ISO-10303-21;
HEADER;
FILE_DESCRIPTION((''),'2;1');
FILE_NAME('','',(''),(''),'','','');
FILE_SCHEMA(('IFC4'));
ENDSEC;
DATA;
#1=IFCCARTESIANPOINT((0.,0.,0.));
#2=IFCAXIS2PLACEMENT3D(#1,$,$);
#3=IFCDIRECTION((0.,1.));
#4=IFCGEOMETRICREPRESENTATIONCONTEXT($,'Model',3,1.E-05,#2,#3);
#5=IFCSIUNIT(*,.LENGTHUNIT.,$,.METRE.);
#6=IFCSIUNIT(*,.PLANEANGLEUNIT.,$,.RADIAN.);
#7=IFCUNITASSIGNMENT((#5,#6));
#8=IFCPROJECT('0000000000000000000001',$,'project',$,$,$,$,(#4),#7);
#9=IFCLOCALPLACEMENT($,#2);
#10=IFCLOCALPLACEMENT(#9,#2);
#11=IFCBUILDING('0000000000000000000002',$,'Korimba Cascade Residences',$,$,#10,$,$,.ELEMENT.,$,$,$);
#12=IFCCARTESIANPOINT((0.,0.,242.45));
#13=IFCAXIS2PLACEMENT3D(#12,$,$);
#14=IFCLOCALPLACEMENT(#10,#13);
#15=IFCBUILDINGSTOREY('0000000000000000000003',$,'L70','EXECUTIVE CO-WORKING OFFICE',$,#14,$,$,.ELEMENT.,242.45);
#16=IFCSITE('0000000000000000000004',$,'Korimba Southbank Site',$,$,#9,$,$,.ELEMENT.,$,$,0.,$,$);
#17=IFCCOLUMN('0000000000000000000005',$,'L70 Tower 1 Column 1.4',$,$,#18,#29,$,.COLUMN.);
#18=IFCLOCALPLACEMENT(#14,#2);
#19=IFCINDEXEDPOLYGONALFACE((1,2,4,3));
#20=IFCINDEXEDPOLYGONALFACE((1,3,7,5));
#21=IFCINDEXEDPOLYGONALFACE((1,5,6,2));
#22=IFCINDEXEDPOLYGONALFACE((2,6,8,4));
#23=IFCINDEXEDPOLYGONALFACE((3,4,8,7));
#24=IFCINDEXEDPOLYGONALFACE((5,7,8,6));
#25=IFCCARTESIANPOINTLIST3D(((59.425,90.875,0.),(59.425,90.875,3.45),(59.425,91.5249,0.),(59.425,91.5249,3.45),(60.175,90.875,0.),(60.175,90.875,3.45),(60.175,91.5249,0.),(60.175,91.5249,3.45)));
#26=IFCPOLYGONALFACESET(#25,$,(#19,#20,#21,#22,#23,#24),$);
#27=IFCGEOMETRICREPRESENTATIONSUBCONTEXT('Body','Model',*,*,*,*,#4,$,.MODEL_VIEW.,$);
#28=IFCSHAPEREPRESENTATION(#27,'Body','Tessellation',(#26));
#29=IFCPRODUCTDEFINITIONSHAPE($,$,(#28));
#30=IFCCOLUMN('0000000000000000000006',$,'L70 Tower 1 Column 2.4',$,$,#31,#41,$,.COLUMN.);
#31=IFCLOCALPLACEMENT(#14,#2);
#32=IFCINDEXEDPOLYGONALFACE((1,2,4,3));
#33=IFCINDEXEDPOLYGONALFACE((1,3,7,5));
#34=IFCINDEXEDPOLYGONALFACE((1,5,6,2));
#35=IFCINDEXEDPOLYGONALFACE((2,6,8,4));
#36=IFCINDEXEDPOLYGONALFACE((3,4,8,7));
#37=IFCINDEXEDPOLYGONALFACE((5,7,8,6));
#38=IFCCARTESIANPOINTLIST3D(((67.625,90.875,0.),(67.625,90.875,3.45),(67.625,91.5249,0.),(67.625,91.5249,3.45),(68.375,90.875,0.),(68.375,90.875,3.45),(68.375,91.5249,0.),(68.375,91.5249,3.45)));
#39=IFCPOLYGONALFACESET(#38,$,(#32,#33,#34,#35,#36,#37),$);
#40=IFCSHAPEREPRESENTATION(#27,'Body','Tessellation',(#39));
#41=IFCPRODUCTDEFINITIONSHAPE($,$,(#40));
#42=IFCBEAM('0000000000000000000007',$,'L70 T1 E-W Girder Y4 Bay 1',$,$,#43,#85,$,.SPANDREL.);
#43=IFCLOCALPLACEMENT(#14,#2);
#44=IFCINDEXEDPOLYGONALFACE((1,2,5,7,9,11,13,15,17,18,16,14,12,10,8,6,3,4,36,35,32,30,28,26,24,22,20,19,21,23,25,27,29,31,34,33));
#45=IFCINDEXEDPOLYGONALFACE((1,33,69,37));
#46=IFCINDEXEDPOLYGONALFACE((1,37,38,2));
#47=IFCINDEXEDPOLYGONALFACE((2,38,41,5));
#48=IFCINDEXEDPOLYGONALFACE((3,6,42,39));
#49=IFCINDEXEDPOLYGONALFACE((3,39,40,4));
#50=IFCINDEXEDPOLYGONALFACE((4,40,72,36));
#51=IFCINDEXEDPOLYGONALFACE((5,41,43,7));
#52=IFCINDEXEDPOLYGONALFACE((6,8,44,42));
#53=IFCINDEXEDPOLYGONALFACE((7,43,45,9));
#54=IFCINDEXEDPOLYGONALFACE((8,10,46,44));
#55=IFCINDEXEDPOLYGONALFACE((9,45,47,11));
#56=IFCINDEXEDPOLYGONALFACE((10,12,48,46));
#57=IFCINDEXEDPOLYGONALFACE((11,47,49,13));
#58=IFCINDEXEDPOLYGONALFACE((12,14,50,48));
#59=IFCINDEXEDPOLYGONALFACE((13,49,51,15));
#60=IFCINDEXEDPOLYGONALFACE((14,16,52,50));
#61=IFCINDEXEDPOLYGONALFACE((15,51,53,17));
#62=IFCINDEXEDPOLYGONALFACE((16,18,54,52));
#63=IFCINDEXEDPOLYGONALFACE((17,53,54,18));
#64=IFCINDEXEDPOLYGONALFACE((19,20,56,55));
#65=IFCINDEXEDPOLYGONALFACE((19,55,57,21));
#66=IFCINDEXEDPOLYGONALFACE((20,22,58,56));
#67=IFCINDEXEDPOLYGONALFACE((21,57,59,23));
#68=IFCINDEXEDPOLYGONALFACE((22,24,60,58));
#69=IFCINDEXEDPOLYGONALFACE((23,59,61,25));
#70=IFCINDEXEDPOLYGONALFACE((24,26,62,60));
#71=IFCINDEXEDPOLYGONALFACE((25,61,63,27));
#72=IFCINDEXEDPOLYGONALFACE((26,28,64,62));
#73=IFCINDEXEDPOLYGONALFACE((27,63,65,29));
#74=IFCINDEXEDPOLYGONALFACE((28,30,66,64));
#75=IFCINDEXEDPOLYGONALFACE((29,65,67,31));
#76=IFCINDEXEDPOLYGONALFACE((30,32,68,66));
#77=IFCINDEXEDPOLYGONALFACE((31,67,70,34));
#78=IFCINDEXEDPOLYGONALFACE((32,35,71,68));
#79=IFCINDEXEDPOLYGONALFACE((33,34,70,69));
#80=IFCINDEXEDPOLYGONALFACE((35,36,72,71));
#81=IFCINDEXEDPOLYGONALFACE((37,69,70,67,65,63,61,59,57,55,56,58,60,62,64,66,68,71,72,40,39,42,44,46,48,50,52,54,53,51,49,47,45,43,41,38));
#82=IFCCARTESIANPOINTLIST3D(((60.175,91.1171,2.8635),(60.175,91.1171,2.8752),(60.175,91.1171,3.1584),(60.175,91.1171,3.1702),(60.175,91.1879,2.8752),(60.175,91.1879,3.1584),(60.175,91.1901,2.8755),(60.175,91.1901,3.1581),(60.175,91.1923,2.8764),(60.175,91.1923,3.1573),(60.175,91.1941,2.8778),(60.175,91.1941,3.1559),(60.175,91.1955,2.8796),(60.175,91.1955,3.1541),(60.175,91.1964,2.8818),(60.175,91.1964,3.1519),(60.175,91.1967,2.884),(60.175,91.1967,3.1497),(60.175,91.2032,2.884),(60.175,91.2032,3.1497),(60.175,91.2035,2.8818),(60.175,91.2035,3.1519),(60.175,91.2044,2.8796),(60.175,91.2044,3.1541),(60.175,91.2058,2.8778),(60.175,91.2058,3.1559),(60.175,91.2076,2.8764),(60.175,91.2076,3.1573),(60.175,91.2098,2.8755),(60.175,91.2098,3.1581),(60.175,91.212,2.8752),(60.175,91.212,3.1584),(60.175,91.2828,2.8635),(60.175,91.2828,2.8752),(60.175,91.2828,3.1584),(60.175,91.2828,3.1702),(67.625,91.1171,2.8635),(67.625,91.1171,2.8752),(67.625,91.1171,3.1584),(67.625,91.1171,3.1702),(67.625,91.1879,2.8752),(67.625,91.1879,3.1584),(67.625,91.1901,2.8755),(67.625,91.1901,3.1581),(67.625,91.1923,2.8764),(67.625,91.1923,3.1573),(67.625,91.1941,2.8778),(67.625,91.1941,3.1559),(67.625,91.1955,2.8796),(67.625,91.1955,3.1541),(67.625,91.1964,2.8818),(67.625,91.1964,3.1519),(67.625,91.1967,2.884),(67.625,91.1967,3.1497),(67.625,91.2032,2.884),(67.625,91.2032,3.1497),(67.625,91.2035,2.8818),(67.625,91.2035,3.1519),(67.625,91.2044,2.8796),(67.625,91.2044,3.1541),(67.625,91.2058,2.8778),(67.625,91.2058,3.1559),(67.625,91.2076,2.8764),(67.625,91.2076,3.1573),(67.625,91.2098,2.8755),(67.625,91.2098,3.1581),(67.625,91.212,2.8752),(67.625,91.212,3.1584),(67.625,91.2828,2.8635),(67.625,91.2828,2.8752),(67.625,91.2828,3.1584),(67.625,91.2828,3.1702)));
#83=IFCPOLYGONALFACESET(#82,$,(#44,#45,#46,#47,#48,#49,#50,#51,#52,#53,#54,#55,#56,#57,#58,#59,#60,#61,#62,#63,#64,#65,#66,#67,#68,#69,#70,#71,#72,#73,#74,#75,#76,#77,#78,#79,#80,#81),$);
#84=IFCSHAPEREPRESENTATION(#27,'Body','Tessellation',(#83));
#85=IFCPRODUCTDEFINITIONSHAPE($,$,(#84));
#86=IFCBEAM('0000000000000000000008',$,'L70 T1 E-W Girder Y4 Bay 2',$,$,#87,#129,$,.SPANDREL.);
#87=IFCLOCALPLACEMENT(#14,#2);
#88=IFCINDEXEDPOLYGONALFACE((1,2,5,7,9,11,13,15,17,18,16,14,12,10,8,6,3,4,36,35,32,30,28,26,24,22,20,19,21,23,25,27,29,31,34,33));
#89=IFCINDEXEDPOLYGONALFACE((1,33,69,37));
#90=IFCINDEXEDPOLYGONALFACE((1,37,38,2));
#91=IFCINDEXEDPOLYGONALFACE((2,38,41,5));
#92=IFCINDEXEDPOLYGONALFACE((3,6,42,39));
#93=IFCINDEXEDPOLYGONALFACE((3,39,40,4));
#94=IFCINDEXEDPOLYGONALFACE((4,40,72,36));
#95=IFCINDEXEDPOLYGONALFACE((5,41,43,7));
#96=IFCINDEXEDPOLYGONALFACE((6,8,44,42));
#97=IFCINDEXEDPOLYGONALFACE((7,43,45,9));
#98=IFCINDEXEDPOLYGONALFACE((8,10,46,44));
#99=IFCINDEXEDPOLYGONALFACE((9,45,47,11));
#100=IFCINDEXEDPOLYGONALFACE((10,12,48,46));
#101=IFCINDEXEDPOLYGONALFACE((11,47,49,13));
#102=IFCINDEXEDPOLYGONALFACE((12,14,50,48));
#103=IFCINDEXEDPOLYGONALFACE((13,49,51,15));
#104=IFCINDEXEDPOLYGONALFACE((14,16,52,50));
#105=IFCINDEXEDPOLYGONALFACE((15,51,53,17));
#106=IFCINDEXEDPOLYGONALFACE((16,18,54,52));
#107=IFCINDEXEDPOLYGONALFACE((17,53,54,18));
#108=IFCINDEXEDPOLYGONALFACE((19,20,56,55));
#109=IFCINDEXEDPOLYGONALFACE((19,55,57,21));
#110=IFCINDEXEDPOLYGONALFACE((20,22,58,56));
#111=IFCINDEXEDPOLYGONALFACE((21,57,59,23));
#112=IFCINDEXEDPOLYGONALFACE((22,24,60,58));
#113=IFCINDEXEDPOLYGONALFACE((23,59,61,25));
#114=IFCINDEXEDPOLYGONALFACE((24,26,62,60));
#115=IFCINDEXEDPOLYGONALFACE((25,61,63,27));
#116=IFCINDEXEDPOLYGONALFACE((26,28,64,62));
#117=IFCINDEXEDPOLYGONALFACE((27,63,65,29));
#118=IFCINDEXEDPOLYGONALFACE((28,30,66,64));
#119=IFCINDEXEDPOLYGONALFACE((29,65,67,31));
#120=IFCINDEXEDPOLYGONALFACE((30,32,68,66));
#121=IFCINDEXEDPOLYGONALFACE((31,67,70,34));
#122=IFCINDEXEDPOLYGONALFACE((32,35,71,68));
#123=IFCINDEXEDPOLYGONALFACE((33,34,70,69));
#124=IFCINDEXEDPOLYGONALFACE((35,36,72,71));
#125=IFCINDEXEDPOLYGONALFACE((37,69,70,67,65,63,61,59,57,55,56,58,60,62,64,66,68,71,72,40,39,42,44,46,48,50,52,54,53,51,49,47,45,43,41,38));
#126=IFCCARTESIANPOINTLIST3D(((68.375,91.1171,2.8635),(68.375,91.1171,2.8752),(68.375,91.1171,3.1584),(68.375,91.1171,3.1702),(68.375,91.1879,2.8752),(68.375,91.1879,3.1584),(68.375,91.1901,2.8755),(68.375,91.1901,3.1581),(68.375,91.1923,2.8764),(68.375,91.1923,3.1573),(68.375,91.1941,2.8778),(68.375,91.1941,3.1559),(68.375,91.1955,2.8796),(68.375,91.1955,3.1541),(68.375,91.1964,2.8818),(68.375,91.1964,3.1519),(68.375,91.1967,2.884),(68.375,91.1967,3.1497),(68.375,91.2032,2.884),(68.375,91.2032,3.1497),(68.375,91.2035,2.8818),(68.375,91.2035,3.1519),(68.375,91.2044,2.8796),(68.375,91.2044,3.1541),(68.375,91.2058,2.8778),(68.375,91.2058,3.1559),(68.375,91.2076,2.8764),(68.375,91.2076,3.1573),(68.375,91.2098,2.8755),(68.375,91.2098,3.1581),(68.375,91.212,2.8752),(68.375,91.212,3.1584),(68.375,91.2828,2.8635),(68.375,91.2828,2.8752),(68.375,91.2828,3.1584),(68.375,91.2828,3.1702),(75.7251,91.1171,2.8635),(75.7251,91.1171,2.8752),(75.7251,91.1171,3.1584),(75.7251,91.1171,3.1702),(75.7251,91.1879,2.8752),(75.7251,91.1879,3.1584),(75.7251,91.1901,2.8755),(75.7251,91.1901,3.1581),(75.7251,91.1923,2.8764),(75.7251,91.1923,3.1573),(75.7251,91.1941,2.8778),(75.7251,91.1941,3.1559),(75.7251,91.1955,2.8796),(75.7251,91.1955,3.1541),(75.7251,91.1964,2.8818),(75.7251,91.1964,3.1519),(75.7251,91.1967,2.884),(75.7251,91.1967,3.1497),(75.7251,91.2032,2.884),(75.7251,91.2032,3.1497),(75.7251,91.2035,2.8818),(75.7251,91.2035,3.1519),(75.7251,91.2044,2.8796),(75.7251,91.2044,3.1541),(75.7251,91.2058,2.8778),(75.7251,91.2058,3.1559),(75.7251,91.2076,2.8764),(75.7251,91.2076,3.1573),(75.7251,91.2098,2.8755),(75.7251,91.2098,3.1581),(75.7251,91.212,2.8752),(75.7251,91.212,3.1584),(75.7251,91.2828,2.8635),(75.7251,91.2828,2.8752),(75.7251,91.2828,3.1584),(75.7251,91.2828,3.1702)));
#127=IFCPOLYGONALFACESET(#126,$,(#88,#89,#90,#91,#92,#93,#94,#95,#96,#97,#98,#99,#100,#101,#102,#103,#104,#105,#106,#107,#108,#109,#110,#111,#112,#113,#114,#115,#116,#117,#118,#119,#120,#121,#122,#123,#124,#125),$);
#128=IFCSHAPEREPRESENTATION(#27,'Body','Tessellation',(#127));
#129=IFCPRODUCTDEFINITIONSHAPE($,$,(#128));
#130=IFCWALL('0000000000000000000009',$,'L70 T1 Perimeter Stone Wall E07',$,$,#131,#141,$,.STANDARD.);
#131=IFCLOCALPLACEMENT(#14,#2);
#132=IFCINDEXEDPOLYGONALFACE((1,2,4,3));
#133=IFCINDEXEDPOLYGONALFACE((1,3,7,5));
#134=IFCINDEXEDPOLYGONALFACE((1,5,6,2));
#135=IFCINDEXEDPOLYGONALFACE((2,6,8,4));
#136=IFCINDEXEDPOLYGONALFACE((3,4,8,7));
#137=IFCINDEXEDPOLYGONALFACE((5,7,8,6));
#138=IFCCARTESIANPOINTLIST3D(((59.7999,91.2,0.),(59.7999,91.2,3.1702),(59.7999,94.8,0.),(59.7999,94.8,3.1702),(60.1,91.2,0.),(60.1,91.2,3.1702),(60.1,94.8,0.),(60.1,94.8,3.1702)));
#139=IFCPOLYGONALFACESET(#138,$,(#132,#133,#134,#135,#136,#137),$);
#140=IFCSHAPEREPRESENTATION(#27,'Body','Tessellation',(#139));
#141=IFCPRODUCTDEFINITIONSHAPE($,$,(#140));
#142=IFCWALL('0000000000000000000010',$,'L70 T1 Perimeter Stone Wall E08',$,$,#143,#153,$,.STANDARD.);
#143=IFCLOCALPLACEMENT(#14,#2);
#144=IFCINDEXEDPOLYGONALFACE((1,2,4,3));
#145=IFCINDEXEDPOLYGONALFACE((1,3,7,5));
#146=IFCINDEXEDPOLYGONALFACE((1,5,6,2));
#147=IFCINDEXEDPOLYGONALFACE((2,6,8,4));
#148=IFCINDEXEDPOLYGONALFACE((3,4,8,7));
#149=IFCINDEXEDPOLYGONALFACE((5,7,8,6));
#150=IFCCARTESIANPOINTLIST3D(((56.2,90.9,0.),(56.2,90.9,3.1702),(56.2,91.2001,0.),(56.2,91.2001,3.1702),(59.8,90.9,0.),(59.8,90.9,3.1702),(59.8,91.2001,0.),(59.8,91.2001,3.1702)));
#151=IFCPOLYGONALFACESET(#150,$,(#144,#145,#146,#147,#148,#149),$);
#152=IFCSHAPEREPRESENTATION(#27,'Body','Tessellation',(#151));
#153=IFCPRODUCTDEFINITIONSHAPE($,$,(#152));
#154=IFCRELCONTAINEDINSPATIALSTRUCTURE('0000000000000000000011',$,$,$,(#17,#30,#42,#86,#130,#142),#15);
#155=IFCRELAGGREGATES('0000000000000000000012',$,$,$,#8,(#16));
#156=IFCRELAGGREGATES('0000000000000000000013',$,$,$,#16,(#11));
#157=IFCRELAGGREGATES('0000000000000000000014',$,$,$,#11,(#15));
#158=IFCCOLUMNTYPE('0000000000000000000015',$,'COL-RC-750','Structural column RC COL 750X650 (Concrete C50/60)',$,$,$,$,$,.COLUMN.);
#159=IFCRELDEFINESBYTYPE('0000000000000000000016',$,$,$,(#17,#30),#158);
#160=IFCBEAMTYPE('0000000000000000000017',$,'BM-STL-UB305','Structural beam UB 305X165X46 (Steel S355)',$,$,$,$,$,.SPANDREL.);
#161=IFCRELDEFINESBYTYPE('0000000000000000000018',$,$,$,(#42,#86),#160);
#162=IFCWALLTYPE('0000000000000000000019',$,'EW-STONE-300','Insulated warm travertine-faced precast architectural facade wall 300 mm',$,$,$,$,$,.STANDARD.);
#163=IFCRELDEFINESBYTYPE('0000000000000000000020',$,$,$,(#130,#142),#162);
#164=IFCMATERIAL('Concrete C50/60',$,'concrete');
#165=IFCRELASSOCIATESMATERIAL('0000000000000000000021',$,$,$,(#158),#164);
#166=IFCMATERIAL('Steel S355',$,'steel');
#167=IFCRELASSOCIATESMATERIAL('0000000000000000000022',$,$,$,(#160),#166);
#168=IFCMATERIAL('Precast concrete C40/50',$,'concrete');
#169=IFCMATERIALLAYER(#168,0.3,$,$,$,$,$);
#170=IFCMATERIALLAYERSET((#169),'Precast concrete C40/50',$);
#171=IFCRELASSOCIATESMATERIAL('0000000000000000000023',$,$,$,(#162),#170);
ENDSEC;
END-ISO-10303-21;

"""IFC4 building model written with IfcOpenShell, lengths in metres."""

from ifc_helpers import new_model, si_unit, direction, frame, frame_2d, origin, origin_2d, place, context, subcontext, project, spatial, rectangle, i_section, extrude, material, layer, layer_set, material_profile, profile_set, type_object, element, save


model = new_model("IFC4")

# Units and contexts
model_context = context("Model", 3, precision=1e-05, world=origin(), true_north=direction((0.0, 1.0)))
body_context = subcontext(model_context, "Body", "Model", "MODEL_VIEW")
ifc_project = project(units=[si_unit("LENGTHUNIT", "METRE"), si_unit("PLANEANGLEUNIT", "RADIAN")], contexts=[model_context])

# Site, building, storey
site_placement = place(None, origin())
site = spatial("IfcSite", under=ifc_project, at=site_placement, Name="Korimba Southbank Site", CompositionType="ELEMENT", RefElevation=0.0)
building_placement = place(site_placement, origin())
building = spatial("IfcBuilding", under=site, at=building_placement, Name="Korimba Cascade Residences", CompositionType="ELEMENT")
storey_placement = place(building_placement, frame((0.0, 0.0, 242.45)))
storey = spatial("IfcBuildingStorey", under=building, at=storey_placement, Name="L70", Description="EXECUTIVE CO-WORKING OFFICE", CompositionType="ELEMENT", Elevation=242.45)

# Columns
ifc_material_1 = material(Name="Concrete C50/60", Category="concrete")
ifc_material_profile_1 = material_profile(ifc_material_1, rectangle(XDim=0.75, YDim=0.6499, at=origin_2d()), Name="Concrete C50/60")
ifc_profile_set_1 = profile_set([ifc_material_profile_1], Name="Concrete C50/60")
column_type = type_object("IfcColumnType", Name="COL-RC-750", Description="Structural column RC COL 750X650 (Concrete C50/60)", PredefinedType="COLUMN", material=ifc_profile_set_1)
for number, where, z_axis, x_axis, name in (
    (1, (59.8, 91.2, 0.0), (0.0, 0.0, 1.0), (1.0, 0.0, 0.0), "L70 Tower 1 Column 1.4"),
    (2, (68.0, 91.2, 0.0), (0.0, 0.0, 1.0), (1.0, 0.0, 0.0), "L70 Tower 1 Column 2.4"),
):
    element("IfcColumn", number, at=place(storey_placement, frame(where, z_axis=z_axis, x_axis=x_axis)), inside=storey, type_object=column_type, Name=name, PredefinedType="COLUMN", context=body_context, shape_type="SweptSolid", body=[
        extrude(rectangle(XDim=0.75, YDim=0.6499, at=origin_2d()), origin(), (0.0, 0.0, 1.0), 3.45),
    ])

# Beams
ifc_material_2 = material(Name="Steel S355", Category="steel")
ifc_material_profile_2 = material_profile(ifc_material_2, i_section(OverallWidth=0.1658, OverallDepth=0.3066, WebThickness=0.0066, FlangeThickness=0.0117, FilletRadius=0.0088, at=origin_2d()), Name="Steel S355")
ifc_profile_set_2 = profile_set([ifc_material_profile_2], Name="Steel S355")
beam_type = type_object("IfcBeamType", Name="BM-STL-UB305", Description="Structural beam UB 305X165X46 (Steel S355)", PredefinedType="SPANDREL", material=ifc_profile_set_2)
beam_1_placement = place(storey_placement, frame((60.175, 91.2, 3.0168), z_axis=(1.0, 0.0, 0.0), x_axis=(0.0, 1.0, 0.0)))
element("IfcBeam", 3, at=beam_1_placement, inside=storey, type_object=beam_type, Name="L70 T1 E-W Girder Y4 Bay 1", PredefinedType="SPANDREL", context=body_context, shape_type="SweptSolid", body=[
    extrude(i_section(OverallWidth=0.1658, OverallDepth=0.3066, WebThickness=0.0066, FlangeThickness=0.0117, FilletRadius=0.0088, at=origin_2d()), origin(), (0.0, 0.0, 1.0), 7.45),
])
beam_2_placement = place(storey_placement, frame((68.375, 91.2, 3.0168), z_axis=(1.0, 0.0, 0.0), x_axis=(0.0, 1.0, 0.0)))
element("IfcBeam", 4, at=beam_2_placement, inside=storey, type_object=beam_type, Name="L70 T1 E-W Girder Y4 Bay 2", PredefinedType="SPANDREL", context=body_context, shape_type="SweptSolid", body=[
    extrude(i_section(OverallWidth=0.1658, OverallDepth=0.3066, WebThickness=0.0066, FlangeThickness=0.0117, FilletRadius=0.0088, at=origin_2d()), origin(), (0.0, 0.0, 1.0), 7.3501),
])

# Walls
ifc_material_3 = material(Name="Precast concrete C40/50", Category="concrete")
ifc_layer_1 = layer(ifc_material_3, 0.3)
ifc_layer_set_1 = layer_set([ifc_layer_1], Name="Precast concrete C40/50")
wall_type_1 = type_object("IfcWallType", Name="EW-STONE-300", Description="Insulated warm travertine-faced precast architectural facade wall 300 mm", PredefinedType="STANDARD", material=ifc_layer_set_1)
for number, where, z_axis, x_axis, name in (
    (5, (59.95, 94.8, 0.0), (0.0, 0.0, 1.0), (0.0, -1.0, 0.0), "L70 T1 Perimeter Stone Wall E07"),
    (6, (59.8, 91.05, 0.0), (0.0, 0.0, 1.0), (-1.0, 0.0, 0.0), "L70 T1 Perimeter Stone Wall E08"),
):
    element("IfcWall", number, at=place(storey_placement, frame(where, z_axis=z_axis, x_axis=x_axis)), inside=storey, type_object=wall_type_1, Name=name, PredefinedType="STANDARD", context=body_context, shape_type="SweptSolid", body=[
        extrude(rectangle(XDim=3.6001, YDim=0.3, at=frame_2d((1.8, 0.0))), origin(), (0.0, 0.0, 1.0), 3.1702),
    ])

save(model, "model.ifc")
